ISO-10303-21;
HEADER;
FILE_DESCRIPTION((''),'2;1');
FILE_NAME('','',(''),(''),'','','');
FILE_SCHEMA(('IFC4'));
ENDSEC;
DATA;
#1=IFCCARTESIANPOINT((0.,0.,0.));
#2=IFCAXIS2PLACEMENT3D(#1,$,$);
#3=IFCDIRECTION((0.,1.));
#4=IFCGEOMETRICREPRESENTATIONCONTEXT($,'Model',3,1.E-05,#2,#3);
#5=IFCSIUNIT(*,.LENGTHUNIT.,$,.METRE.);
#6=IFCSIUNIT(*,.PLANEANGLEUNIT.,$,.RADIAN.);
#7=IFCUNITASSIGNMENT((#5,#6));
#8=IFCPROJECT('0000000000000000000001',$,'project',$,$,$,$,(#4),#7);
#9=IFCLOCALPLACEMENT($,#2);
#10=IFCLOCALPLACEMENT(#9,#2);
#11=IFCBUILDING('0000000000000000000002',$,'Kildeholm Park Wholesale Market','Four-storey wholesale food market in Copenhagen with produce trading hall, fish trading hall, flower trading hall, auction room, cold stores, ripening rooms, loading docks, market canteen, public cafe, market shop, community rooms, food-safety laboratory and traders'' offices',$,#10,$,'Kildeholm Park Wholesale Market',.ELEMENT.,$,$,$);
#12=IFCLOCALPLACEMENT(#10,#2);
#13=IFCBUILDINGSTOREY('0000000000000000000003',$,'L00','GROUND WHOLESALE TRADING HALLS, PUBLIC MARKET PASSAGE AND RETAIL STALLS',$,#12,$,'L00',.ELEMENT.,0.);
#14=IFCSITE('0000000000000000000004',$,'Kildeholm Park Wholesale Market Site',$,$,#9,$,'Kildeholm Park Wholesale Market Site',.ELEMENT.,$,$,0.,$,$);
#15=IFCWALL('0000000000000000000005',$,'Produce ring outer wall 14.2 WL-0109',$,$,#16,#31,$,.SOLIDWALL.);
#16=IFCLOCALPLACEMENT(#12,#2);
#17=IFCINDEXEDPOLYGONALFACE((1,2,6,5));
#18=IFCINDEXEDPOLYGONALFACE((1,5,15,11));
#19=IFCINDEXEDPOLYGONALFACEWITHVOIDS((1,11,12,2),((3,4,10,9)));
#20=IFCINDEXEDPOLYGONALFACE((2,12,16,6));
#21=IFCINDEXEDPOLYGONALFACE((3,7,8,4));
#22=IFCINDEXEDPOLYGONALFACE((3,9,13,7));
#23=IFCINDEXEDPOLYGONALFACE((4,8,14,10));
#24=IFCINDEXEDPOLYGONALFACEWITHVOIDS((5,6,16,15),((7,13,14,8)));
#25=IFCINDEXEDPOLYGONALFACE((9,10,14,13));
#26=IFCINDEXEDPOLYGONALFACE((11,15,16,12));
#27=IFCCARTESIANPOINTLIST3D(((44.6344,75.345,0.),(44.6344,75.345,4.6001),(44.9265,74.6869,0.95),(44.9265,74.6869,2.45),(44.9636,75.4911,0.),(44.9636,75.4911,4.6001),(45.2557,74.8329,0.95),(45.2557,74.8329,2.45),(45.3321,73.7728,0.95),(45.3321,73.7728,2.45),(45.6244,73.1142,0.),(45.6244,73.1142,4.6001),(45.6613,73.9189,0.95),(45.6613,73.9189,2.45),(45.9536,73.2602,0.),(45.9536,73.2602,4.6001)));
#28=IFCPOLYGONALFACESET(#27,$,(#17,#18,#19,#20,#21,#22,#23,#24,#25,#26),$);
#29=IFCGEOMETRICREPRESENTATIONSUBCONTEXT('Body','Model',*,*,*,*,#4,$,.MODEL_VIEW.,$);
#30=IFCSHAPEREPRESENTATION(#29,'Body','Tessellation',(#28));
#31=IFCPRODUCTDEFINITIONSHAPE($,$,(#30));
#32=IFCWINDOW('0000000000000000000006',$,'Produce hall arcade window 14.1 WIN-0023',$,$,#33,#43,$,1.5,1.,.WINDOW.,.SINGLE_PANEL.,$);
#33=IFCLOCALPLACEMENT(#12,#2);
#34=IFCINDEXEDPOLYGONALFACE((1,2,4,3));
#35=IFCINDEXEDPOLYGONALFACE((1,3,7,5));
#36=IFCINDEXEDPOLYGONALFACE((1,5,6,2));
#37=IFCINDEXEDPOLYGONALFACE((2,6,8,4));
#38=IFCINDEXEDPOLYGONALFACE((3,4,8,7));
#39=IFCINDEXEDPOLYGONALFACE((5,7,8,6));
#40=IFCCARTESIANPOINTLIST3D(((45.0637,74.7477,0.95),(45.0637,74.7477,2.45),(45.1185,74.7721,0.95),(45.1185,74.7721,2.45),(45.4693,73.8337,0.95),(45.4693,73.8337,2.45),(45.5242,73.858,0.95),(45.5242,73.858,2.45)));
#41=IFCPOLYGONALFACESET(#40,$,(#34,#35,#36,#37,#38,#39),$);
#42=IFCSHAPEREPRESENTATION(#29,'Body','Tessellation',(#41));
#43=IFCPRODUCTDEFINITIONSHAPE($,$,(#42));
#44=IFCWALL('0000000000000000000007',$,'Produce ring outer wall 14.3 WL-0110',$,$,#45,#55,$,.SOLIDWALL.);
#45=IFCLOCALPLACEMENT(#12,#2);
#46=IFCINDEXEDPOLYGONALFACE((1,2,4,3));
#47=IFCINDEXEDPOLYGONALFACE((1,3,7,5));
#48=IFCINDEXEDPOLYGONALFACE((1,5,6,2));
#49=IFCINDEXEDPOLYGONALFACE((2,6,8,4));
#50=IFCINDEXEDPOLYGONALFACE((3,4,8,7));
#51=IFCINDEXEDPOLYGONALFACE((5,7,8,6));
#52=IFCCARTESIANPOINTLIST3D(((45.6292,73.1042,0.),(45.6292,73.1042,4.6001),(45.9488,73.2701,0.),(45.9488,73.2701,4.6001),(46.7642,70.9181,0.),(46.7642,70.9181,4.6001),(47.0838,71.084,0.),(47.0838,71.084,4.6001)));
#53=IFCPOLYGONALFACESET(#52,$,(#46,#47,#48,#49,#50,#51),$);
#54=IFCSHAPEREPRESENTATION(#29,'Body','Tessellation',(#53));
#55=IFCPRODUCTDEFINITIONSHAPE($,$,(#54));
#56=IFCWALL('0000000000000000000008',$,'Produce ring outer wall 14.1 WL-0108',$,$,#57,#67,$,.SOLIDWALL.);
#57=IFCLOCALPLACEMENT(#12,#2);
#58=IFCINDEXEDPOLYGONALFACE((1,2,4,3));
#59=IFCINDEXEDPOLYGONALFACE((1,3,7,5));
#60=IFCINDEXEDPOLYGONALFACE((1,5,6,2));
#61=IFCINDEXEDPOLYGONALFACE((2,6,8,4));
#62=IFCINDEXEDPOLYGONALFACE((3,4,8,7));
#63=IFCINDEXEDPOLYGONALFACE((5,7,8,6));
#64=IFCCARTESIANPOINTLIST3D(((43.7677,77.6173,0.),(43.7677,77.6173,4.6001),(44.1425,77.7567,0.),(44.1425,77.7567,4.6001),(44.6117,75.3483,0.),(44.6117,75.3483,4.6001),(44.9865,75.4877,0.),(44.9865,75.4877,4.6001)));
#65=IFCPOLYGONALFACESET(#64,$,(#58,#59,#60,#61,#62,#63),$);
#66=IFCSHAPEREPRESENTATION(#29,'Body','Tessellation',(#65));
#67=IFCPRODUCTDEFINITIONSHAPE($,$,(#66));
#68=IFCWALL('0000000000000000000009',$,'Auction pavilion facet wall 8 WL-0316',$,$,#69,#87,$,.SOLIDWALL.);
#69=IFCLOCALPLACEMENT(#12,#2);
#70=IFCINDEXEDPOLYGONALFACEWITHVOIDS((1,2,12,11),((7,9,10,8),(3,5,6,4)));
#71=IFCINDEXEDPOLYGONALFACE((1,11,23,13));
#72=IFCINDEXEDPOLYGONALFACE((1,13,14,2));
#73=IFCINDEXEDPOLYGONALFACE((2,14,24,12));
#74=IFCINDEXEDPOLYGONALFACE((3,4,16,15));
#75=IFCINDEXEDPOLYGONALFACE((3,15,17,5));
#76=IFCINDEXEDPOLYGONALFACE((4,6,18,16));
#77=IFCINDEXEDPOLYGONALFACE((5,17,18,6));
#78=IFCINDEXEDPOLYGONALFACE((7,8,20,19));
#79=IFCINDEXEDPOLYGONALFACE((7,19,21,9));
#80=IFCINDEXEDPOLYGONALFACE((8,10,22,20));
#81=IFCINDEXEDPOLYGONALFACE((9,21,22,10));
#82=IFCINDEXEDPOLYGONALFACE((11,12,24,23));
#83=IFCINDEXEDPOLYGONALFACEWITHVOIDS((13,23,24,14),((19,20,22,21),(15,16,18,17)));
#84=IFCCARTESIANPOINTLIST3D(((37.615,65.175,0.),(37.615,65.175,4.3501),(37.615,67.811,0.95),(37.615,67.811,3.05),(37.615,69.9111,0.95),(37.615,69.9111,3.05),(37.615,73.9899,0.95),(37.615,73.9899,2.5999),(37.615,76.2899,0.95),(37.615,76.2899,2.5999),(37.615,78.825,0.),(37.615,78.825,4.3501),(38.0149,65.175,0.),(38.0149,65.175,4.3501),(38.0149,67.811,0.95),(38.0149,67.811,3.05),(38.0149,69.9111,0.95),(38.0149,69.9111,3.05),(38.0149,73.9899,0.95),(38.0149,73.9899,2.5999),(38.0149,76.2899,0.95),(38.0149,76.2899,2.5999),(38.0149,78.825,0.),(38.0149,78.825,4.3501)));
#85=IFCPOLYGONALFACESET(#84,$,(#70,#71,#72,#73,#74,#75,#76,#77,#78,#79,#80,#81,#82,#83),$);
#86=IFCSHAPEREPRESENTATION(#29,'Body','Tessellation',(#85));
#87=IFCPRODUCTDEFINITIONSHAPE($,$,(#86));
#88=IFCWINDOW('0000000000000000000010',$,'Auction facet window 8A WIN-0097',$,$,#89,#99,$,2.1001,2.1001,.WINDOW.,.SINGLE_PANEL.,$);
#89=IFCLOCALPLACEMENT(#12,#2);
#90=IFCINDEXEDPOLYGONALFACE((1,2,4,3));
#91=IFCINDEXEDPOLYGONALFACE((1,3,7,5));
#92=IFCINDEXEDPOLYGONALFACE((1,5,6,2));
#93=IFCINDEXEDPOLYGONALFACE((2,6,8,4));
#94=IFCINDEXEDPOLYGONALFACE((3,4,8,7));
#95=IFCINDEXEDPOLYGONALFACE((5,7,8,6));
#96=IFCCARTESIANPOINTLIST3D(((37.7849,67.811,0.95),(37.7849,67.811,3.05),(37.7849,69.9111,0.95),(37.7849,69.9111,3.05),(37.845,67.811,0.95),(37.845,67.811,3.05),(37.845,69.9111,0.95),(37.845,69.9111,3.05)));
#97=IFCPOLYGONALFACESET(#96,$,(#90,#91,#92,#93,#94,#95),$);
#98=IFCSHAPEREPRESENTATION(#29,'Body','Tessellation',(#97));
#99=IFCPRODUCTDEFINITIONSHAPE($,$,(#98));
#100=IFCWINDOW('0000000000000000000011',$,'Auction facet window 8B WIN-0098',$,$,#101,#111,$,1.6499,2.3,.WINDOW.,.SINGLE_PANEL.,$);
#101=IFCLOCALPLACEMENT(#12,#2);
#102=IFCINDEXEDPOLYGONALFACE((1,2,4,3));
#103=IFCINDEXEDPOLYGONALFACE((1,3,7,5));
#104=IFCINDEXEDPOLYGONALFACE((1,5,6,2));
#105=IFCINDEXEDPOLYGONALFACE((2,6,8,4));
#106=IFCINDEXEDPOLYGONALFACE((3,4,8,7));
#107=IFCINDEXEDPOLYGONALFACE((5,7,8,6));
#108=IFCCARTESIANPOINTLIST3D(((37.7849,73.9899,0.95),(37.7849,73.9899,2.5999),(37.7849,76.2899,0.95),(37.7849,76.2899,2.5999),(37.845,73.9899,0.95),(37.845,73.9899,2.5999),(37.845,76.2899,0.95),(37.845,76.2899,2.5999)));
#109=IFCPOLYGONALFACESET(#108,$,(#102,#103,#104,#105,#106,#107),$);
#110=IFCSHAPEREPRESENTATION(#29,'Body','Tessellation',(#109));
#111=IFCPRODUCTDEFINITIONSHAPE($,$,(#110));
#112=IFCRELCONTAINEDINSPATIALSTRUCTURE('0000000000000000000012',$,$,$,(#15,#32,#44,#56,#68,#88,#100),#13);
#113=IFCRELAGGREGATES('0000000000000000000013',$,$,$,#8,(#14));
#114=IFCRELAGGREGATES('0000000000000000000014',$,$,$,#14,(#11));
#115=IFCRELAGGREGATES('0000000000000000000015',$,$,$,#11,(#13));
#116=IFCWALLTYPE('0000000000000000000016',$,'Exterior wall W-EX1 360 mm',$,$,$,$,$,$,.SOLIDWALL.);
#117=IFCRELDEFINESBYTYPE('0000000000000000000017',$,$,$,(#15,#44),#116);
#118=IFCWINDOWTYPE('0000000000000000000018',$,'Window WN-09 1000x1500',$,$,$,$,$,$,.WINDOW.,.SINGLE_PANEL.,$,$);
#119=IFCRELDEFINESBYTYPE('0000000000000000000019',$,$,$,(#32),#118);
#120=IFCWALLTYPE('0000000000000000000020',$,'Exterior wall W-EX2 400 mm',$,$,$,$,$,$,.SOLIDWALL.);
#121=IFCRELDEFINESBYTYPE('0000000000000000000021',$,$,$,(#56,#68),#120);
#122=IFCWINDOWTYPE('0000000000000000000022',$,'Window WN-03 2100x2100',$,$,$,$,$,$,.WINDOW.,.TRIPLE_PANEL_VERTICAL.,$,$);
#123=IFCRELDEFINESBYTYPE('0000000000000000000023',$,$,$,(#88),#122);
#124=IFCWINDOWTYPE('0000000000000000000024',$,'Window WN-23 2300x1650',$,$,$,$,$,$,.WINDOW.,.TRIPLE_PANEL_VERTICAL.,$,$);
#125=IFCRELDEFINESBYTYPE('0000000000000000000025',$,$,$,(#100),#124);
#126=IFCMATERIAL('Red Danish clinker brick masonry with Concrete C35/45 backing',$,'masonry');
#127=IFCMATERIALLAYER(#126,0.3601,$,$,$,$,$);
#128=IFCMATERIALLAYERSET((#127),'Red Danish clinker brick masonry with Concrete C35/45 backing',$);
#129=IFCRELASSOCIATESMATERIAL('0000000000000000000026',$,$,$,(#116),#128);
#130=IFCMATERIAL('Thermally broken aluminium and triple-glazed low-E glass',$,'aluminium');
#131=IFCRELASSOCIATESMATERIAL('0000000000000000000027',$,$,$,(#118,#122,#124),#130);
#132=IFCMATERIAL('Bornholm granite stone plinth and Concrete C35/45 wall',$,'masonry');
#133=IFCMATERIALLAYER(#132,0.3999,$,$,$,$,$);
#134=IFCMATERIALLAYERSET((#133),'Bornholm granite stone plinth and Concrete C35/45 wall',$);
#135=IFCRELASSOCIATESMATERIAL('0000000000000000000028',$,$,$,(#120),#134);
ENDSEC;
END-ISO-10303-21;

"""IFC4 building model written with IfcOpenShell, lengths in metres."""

from ifc_helpers import new_model, si_unit, direction, frame, frame_2d, origin, place, context, subcontext, project, spatial, rectangle, extrude, material, layer, layer_set, type_object, element, fill, save


model = new_model("IFC4")

# Units and contexts
model_context = context("Model", 3, precision=1e-05, world=origin(), true_north=direction((0.0, 1.0)))
body_context = subcontext(model_context, "Body", "Model", "MODEL_VIEW")
ifc_project = project(units=[si_unit("LENGTHUNIT", "METRE"), si_unit("PLANEANGLEUNIT", "RADIAN")], contexts=[model_context])

# Site, building, storey
site_placement = place(None, origin())
site = spatial("IfcSite", under=ifc_project, at=site_placement, Name="Kildeholm Park Wholesale Market Site", LongName="Kildeholm Park Wholesale Market Site", CompositionType="ELEMENT", RefElevation=0.0)
building_placement = place(site_placement, origin())
building = spatial("IfcBuilding", under=site, at=building_placement, Name="Kildeholm Park Wholesale Market", Description="Four-storey wholesale food market in Copenhagen with produce trading hall, fish trading hall, flower trading hall, auction room, cold stores, ripening rooms, loading docks, market canteen, public cafe, market shop, community rooms, food-safety laboratory and traders' offices", LongName="Kildeholm Park Wholesale Market", CompositionType="ELEMENT")
storey_placement = place(building_placement, origin())
storey = spatial("IfcBuildingStorey", under=building, at=storey_placement, Name="L00", Description="GROUND WHOLESALE TRADING HALLS, PUBLIC MARKET PASSAGE AND RETAIL STALLS", LongName="L00", CompositionType="ELEMENT", Elevation=0.0)

# Wall, opening, window
ifc_material_1 = material(Name="Red Danish clinker brick masonry with Concrete C35/45 backing", Category="masonry")
ifc_layer_1 = layer(ifc_material_1, 0.3601)
ifc_layer_set_1 = layer_set([ifc_layer_1], Name="Red Danish clinker brick masonry with Concrete C35/45 backing")
wall_type_1 = type_object("IfcWallType", Name="Exterior wall W-EX1 360 mm", PredefinedType="SOLIDWALL", material=ifc_layer_set_1)
wall_1_placement = place(storey_placement, frame((44.7991, 75.418, 0.0), z_axis=(0.0, 0.0, 1.0), x_axis=(0.405609, -0.914047, 0.0)))
wall_1 = element("IfcWall", 1, at=wall_1_placement, inside=storey, type_object=wall_type_1, Name="Produce ring outer wall 14.2 WL-0109", PredefinedType="SOLIDWALL", context=body_context, shape_type="SweptSolid", body=[
    extrude(rectangle(XDim=2.4407, YDim=0.3601, at=frame_2d((1.2202, 0.0))), origin(), (0.0, 0.0, 1.0), 4.6001),
])
opening_1_placement = place(wall_1_placement, frame((0.72, 0.0, 0.95)))
opening_1 = element("IfcOpeningElement", 2, at=opening_1_placement, cuts=wall_1, PredefinedType="OPENING", context=body_context, shape_type="SweptSolid", body=[
    extrude(rectangle(XDim=1.0, YDim=1.5, at=frame_2d((0.5, 0.75))), frame((0.0, 0.1899, 0.0), z_axis=(0.0, -1.0, 0.0), x_axis=(1.0, 0.0, 0.0)), (0.0, 0.0, 1.0), 0.3801),
])
ifc_material_2 = material(Name="Thermally broken aluminium and triple-glazed low-E glass", Category="aluminium")
window_type_1 = type_object("IfcWindowType", Name="Window WN-09 1000x1500", PartitioningType="SINGLE_PANEL", PredefinedType="WINDOW", material=ifc_material_2)
window_1_placement = place(opening_1_placement, origin())
window_1 = element("IfcWindow", 3, at=window_1_placement, inside=storey, type_object=window_type_1, Name="Produce hall arcade window 14.1 WIN-0023", OverallHeight=1.5, OverallWidth=1.0, PartitioningType="SINGLE_PANEL", PredefinedType="WINDOW", context=body_context, shape_type="SweptSolid", body=[
    extrude(rectangle(XDim=1.0, YDim=1.5, at=frame_2d((0.5, 0.75))), frame((0.0, 0.03, 0.0), z_axis=(0.0, -1.0, 0.0), x_axis=(1.0, 0.0, 0.0)), (0.0, 0.0, 1.0), 0.0601),
])
fill(opening_1, window_1)

# Walls
wall_2_placement = place(storey_placement, frame((45.7891, 73.187, 0.0), z_axis=(0.0, 0.0, 1.0), x_axis=(0.4608, -0.887504, 0.0)))
element("IfcWall", 4, at=wall_2_placement, inside=storey, type_object=wall_type_1, Name="Produce ring outer wall 14.3 WL-0110", PredefinedType="SOLIDWALL", context=body_context, shape_type="SweptSolid", body=[
    extrude(rectangle(XDim=2.4631, YDim=0.3601, at=frame_2d((1.2314, 0.0))), origin(), (0.0, 0.0, 1.0), 4.6001),
])
ifc_material_3 = material(Name="Bornholm granite stone plinth and Concrete C35/45 wall", Category="masonry")
ifc_layer_2 = layer(ifc_material_3, 0.3999)
ifc_layer_set_2 = layer_set([ifc_layer_2], Name="Bornholm granite stone plinth and Concrete C35/45 wall")
wall_type_2 = type_object("IfcWallType", Name="Exterior wall W-EX2 400 mm", PredefinedType="SOLIDWALL", material=ifc_layer_set_2)
wall_3_placement = place(storey_placement, frame((43.9551, 77.687, 0.0), z_axis=(0.0, 0.0, 1.0), x_axis=(0.348625, -0.937262, 0.0)))
element("IfcWall", 5, at=wall_3_placement, inside=storey, type_object=wall_type_2, Name="Produce ring outer wall 14.1 WL-0108", PredefinedType="SOLIDWALL", context=body_context, shape_type="SweptSolid", body=[
    extrude(rectangle(XDim=2.4209, YDim=0.3999, at=frame_2d((1.2104, 0.0))), origin(), (0.0, 0.0, 1.0), 4.6001),
])

# Wall, openings, windows
wall_4_placement = place(storey_placement, frame((37.8149, 65.175, 0.0), z_axis=(0.0, 0.0, 1.0), x_axis=(0.0, 1.0, 0.0)))
wall_4 = element("IfcWall", 6, at=wall_4_placement, inside=storey, type_object=wall_type_2, Name="Auction pavilion facet wall 8 WL-0316", PredefinedType="SOLIDWALL", context=body_context, shape_type="SweptSolid", body=[
    extrude(rectangle(XDim=13.6499, YDim=0.3999, at=frame_2d((6.825, 0.0))), origin(), (0.0, 0.0, 1.0), 4.3501),
])
opening_2_placement = place(wall_4_placement, frame((2.636, 0.0, 0.95)))
opening_2 = element("IfcOpeningElement", 7, at=opening_2_placement, cuts=wall_4, PredefinedType="OPENING", context=body_context, shape_type="SweptSolid", body=[
    extrude(rectangle(XDim=2.1001, YDim=2.1001, at=frame_2d((1.05, 1.05))), frame((0.0, 0.21, 0.0), z_axis=(0.0, -1.0, 0.0), x_axis=(1.0, 0.0, 0.0)), (0.0, 0.0, 1.0), 0.4199),
])
opening_3_placement = place(wall_4_placement, frame((8.8149, 0.0, 0.95)))
opening_3 = element("IfcOpeningElement", 8, at=opening_3_placement, cuts=wall_4, PredefinedType="OPENING", context=body_context, shape_type="SweptSolid", body=[
    extrude(rectangle(XDim=2.3, YDim=1.6499, at=frame_2d((1.1499, 0.825))), frame((0.0, 0.21, 0.0), z_axis=(0.0, -1.0, 0.0), x_axis=(1.0, 0.0, 0.0)), (0.0, 0.0, 1.0), 0.4199),
])
window_type_2 = type_object("IfcWindowType", Name="Window WN-03 2100x2100", PartitioningType="TRIPLE_PANEL_VERTICAL", PredefinedType="WINDOW", material=ifc_material_2)
window_2_placement = place(opening_2_placement, origin())
window_2 = element("IfcWindow", 9, at=window_2_placement, inside=storey, type_object=window_type_2, Name="Auction facet window 8A WIN-0097", OverallHeight=2.1001, OverallWidth=2.1001, PartitioningType="SINGLE_PANEL", PredefinedType="WINDOW", context=body_context, shape_type="SweptSolid", body=[
    extrude(rectangle(XDim=2.1001, YDim=2.1001, at=frame_2d((1.05, 1.05))), frame((0.0, 0.03, 0.0), z_axis=(0.0, -1.0, 0.0), x_axis=(1.0, 0.0, 0.0)), (0.0, 0.0, 1.0), 0.0601),
])
fill(opening_2, window_2)
window_type_3 = type_object("IfcWindowType", Name="Window WN-23 2300x1650", PartitioningType="TRIPLE_PANEL_VERTICAL", PredefinedType="WINDOW", material=ifc_material_2)
window_3_placement = place(opening_3_placement, origin())
window_3 = element("IfcWindow", 10, at=window_3_placement, inside=storey, type_object=window_type_3, Name="Auction facet window 8B WIN-0098", OverallHeight=1.6499, OverallWidth=2.3, PartitioningType="SINGLE_PANEL", PredefinedType="WINDOW", context=body_context, shape_type="SweptSolid", body=[
    extrude(rectangle(XDim=2.3, YDim=1.6499, at=frame_2d((1.1499, 0.825))), frame((0.0, 0.03, 0.0), z_axis=(0.0, -1.0, 0.0), x_axis=(1.0, 0.0, 0.0)), (0.0, 0.0, 1.0), 0.0601),
])
fill(opening_3, window_3)

save(model, "model.ifc")
